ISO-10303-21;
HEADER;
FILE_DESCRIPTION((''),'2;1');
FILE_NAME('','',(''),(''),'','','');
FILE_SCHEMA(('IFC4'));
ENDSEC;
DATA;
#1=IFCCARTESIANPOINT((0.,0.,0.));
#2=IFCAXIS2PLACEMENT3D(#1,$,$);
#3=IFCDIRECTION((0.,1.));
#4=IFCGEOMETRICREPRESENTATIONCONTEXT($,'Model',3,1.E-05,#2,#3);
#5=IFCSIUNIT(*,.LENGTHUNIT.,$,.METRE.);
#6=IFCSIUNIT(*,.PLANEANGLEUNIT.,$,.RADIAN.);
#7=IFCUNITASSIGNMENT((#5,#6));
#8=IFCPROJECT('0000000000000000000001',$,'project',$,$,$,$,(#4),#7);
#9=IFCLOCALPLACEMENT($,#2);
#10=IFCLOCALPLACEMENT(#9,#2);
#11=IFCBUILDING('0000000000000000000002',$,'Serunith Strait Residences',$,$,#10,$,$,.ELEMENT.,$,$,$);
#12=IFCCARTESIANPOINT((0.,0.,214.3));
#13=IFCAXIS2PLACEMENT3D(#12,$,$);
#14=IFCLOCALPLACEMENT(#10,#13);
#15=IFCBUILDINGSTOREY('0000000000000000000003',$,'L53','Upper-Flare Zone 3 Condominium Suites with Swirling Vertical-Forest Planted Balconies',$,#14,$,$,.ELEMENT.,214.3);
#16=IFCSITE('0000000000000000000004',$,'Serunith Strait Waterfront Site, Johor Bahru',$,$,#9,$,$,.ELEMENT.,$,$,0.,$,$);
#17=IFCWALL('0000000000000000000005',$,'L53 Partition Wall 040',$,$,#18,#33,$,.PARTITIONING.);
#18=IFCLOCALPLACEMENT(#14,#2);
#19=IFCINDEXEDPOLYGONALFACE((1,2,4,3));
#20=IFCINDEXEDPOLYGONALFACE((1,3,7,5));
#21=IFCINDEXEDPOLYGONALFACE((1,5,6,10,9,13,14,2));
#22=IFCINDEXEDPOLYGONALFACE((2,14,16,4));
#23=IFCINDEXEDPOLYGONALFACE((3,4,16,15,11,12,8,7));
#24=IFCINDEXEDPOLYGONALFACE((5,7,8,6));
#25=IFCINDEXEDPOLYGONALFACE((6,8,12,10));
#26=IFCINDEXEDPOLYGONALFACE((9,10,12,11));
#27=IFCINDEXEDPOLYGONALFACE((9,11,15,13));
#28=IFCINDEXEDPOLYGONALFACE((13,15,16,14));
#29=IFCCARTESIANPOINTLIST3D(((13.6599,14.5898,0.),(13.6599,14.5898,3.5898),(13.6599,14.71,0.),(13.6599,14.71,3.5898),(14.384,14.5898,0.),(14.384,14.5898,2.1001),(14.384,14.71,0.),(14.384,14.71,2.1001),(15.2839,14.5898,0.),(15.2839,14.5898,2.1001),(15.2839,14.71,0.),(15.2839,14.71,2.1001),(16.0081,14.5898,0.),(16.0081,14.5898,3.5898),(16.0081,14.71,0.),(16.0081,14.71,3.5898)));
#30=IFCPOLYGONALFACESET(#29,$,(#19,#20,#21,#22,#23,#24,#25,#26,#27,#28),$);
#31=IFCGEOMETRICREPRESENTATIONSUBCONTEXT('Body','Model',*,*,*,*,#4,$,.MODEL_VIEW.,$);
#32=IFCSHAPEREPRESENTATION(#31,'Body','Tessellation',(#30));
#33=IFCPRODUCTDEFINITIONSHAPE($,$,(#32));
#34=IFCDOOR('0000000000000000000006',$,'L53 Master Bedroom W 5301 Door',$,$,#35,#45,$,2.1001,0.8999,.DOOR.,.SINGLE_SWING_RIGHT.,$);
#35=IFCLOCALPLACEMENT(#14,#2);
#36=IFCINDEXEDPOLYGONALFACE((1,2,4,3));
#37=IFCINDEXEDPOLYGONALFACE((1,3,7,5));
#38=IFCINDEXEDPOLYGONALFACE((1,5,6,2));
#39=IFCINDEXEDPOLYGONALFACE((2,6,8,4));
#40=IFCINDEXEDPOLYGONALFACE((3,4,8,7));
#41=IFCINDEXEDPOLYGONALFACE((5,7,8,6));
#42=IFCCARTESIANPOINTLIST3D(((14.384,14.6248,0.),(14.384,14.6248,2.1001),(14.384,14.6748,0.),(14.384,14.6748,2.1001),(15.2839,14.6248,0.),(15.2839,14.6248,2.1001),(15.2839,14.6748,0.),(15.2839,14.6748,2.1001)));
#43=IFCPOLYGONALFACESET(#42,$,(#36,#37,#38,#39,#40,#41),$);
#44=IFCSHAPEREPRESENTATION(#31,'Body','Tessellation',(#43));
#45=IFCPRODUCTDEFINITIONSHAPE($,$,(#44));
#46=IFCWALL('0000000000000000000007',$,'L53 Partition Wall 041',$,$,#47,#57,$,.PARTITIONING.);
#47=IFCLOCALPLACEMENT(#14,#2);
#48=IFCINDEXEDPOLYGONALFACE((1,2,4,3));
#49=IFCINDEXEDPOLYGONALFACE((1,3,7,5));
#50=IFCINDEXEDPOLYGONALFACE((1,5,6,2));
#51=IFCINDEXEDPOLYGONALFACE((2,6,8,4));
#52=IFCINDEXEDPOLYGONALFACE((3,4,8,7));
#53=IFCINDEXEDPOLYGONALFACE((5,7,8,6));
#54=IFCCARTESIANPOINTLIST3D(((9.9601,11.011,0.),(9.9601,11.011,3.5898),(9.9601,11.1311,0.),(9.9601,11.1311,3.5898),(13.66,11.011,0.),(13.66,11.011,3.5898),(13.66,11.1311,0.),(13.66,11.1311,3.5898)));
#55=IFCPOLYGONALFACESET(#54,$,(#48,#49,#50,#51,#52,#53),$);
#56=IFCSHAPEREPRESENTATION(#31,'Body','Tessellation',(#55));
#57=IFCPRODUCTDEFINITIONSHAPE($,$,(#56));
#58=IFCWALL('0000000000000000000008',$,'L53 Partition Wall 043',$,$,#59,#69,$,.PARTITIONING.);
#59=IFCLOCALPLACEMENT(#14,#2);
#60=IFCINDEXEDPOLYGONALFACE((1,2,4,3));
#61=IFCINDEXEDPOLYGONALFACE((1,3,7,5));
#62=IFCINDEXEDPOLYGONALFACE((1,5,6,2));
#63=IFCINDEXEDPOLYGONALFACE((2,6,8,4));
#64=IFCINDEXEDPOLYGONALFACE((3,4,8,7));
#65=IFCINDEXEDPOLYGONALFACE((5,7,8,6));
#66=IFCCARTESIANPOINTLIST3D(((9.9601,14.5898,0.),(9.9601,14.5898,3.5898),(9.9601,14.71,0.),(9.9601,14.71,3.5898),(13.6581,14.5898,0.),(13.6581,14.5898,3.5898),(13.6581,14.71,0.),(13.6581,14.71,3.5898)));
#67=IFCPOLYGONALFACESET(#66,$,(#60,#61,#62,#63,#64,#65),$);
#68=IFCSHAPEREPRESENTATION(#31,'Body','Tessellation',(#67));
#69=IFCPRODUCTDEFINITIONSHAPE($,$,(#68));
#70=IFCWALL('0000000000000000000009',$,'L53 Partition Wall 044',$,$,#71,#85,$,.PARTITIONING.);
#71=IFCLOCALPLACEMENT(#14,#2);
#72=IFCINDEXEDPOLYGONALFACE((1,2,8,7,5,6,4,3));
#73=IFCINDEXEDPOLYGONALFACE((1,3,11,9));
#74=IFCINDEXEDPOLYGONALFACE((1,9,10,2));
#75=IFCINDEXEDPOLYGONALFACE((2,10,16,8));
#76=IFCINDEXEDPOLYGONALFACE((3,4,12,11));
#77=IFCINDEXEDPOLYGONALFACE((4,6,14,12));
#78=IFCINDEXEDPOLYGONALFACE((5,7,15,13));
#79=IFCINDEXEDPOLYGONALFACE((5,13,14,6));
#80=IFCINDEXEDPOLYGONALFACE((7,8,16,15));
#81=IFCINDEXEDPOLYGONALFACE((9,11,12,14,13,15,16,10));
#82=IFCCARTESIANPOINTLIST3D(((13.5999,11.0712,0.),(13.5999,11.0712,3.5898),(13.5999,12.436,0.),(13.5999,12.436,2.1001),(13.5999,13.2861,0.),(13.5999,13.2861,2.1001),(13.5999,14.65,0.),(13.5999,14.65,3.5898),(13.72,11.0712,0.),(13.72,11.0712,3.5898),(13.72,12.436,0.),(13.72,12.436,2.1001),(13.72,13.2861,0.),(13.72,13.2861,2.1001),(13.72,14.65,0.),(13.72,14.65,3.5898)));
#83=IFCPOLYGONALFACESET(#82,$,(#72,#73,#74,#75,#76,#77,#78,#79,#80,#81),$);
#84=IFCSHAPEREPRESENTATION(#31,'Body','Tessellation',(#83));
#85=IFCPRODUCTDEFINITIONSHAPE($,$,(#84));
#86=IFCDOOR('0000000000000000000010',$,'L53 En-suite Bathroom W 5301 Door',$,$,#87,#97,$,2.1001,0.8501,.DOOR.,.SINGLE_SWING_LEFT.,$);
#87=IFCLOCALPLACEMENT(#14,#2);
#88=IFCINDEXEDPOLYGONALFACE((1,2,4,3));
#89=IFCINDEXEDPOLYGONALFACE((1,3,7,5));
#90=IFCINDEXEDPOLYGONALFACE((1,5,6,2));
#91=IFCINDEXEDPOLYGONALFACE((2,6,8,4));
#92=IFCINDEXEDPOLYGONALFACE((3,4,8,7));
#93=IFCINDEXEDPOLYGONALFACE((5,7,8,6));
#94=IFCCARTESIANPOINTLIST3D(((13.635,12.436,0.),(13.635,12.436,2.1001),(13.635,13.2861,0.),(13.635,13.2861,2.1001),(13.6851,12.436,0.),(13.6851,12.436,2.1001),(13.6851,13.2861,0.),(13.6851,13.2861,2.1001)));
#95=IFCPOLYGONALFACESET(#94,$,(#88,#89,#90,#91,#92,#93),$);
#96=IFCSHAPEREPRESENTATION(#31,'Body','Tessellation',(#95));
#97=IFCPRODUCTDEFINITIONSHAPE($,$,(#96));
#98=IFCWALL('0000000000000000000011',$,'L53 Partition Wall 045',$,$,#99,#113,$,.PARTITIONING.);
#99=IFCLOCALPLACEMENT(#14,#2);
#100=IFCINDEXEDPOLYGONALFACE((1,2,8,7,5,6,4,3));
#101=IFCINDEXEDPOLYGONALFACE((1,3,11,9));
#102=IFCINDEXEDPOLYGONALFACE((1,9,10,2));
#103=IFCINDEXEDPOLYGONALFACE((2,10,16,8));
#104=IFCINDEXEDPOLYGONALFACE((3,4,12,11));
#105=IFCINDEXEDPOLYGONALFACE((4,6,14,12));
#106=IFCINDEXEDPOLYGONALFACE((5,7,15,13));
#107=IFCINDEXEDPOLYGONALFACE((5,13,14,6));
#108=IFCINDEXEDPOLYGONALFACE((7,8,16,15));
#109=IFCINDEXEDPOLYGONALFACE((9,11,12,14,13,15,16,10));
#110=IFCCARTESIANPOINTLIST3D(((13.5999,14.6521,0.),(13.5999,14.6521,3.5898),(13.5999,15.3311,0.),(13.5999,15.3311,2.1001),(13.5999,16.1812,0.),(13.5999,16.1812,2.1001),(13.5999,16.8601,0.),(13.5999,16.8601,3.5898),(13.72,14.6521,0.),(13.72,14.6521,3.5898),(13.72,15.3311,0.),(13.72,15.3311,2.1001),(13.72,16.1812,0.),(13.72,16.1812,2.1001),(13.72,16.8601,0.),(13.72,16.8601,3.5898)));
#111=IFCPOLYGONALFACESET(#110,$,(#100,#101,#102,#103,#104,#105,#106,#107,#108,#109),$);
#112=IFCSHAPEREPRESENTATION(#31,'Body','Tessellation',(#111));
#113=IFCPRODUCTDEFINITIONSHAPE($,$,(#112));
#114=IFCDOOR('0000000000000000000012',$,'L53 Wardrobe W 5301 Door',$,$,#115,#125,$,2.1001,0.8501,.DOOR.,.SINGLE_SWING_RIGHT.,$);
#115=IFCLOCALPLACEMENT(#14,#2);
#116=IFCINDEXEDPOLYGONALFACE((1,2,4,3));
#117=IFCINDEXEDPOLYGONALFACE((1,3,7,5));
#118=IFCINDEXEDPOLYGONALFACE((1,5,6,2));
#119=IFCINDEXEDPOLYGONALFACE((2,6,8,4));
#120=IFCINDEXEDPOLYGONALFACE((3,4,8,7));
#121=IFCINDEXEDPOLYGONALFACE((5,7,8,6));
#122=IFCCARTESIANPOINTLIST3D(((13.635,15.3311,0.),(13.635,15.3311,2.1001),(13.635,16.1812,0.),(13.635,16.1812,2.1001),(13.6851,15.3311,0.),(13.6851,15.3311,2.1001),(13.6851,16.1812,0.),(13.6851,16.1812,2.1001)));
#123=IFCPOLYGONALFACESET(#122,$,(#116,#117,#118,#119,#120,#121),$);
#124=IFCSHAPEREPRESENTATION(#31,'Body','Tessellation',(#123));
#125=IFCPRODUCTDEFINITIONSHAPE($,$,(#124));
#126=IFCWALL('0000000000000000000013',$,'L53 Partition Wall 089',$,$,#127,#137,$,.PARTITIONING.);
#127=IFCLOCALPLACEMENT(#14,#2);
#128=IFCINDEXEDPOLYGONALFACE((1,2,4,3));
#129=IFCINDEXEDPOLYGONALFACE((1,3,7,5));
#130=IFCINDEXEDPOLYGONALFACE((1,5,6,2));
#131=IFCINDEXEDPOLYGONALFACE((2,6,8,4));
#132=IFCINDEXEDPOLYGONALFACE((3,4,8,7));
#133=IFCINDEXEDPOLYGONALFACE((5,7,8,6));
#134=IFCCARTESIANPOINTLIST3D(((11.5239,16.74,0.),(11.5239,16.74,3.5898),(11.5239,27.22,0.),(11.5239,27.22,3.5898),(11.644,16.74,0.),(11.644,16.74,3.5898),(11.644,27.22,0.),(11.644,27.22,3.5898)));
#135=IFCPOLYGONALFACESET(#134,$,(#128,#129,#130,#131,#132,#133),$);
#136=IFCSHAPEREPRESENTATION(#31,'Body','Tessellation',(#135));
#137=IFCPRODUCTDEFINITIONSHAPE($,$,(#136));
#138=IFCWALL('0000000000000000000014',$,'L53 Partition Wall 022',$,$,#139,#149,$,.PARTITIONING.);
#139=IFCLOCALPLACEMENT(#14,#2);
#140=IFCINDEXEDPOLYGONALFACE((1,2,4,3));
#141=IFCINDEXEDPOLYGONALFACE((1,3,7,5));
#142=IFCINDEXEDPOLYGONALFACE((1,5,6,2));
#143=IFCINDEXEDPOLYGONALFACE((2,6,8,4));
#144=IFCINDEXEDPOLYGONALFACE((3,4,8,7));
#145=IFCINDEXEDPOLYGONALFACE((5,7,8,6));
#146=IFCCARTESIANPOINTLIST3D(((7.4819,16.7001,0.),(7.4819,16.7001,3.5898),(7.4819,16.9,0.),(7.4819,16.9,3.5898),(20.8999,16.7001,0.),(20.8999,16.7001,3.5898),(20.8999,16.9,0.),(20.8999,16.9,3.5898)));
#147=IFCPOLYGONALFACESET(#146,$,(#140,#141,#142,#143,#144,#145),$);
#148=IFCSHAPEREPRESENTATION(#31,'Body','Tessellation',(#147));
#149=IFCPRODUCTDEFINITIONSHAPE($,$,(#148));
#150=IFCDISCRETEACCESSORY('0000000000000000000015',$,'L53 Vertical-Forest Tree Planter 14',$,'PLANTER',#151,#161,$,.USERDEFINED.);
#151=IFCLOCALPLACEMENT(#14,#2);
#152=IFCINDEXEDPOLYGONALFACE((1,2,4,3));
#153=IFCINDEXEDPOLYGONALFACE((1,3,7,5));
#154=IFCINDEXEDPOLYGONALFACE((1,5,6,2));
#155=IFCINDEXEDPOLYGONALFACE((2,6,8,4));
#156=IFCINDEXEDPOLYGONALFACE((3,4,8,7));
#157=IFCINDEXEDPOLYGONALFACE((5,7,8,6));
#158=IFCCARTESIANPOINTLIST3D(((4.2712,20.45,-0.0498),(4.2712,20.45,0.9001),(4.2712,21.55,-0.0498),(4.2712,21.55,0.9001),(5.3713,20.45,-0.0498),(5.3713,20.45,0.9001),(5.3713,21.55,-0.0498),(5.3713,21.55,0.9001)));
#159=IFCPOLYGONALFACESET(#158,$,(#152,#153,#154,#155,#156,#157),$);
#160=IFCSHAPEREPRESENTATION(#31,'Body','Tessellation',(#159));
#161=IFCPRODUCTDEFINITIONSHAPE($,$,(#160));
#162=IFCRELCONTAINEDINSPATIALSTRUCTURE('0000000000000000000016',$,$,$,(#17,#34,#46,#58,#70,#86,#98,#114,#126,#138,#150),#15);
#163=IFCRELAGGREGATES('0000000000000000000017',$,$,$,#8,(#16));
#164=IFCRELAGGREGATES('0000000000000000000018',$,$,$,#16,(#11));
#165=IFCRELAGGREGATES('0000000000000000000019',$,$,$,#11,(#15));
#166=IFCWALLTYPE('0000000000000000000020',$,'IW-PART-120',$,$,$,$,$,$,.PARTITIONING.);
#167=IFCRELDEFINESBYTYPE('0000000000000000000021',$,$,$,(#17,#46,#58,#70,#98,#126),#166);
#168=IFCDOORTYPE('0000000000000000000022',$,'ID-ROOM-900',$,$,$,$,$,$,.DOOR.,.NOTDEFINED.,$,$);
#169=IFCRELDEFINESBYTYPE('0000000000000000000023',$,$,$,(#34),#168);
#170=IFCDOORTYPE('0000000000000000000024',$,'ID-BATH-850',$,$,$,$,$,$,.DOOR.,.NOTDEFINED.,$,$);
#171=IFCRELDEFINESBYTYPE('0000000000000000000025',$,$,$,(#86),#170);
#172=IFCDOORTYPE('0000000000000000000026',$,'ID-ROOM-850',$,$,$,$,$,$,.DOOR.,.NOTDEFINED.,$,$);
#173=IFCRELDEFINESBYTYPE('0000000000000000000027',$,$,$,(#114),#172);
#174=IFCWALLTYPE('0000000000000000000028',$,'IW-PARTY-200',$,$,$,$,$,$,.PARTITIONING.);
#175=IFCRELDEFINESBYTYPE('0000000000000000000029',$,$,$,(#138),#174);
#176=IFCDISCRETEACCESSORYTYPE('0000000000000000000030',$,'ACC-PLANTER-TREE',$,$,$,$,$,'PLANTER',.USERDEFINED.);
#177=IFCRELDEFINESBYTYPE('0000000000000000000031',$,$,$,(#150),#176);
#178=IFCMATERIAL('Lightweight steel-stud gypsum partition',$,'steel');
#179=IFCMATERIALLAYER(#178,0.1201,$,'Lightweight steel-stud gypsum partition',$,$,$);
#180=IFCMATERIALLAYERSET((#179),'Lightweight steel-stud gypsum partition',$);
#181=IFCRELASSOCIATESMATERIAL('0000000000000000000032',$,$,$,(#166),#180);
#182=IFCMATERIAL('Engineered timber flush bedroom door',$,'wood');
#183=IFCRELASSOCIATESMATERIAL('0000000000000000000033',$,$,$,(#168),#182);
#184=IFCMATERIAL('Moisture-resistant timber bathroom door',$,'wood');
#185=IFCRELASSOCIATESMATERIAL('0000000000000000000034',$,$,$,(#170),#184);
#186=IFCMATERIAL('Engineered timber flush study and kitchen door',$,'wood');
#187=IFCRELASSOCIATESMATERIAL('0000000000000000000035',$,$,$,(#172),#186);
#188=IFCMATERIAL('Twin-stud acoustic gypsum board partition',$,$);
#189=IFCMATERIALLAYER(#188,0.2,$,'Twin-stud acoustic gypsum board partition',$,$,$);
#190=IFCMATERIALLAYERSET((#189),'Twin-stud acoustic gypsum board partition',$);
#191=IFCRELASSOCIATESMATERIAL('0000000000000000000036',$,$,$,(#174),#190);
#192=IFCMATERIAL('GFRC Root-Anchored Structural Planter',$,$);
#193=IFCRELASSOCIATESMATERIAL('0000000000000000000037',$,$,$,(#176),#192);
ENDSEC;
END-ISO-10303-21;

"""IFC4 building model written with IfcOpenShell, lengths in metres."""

from ifc_helpers import new_model, si_unit, direction, frame, frame_2d, origin, origin_2d, place, context, subcontext, project, spatial, rectangle, extrude, source, transform, mapped, material, layer, layer_set, type_object, element, fill, save


model = new_model("IFC4")

# Units and contexts
model_context = context("Model", 3, precision=1e-05, world=origin(), true_north=direction((0.0, 1.0)))
body_context = subcontext(model_context, "Body", "Model", "MODEL_VIEW")
ifc_project = project(units=[si_unit("LENGTHUNIT", "METRE"), si_unit("PLANEANGLEUNIT", "RADIAN")], contexts=[model_context])

# Site, building, storey
site_placement = place(None, origin())
site = spatial("IfcSite", under=ifc_project, at=site_placement, Name="Serunith Strait Waterfront Site, Johor Bahru", CompositionType="ELEMENT", RefElevation=0.0)
building_placement = place(site_placement, origin())
building = spatial("IfcBuilding", under=site, at=building_placement, Name="Serunith Strait Residences", CompositionType="ELEMENT")
storey_placement = place(building_placement, frame((0.0, 0.0, 214.3)))
storey = spatial("IfcBuildingStorey", under=building, at=storey_placement, Name="L53", Description="Upper-Flare Zone 3 Condominium Suites with Swirling Vertical-Forest Planted Balconies", CompositionType="ELEMENT", Elevation=214.3)

# Wall, opening, door
ifc_material_1 = material(Name="Lightweight steel-stud gypsum partition", Category="steel")
ifc_layer_1 = layer(ifc_material_1, 0.1201, Name="Lightweight steel-stud gypsum partition")
ifc_layer_set_1 = layer_set([ifc_layer_1], Name="Lightweight steel-stud gypsum partition")
wall_type_1 = type_object("IfcWallType", Name="IW-PART-120", PredefinedType="PARTITIONING", material=ifc_layer_set_1)
wall_1_placement = place(storey_placement, frame((13.6599, 14.6499, 0.0), z_axis=(0.0, 0.0, 1.0), x_axis=(1.0, 0.0, 0.0)))
wall_1 = element("IfcWall", 1, at=wall_1_placement, inside=storey, type_object=wall_type_1, Name="L53 Partition Wall 040", PredefinedType="PARTITIONING", context=body_context, shape_type="SweptSolid", body=[
    extrude(rectangle(XDim=2.3481, YDim=0.1201, at=frame_2d((1.1741, 0.0))), origin(), (0.0, 0.0, 1.0), 3.5898),
])
opening_1_placement = place(wall_1_placement, frame((0.7241, 0.0, 0.0)))
opening_1 = element("IfcOpeningElement", 2, at=opening_1_placement, cuts=wall_1, PredefinedType="OPENING", context=body_context, shape_type="SweptSolid", body=[
    extrude(rectangle(XDim=0.8999, YDim=2.1001, at=frame_2d((0.45, 1.05))), frame((0.0, 0.0701, 0.0), z_axis=(0.0, -1.0, 0.0), x_axis=(1.0, 0.0, 0.0)), (0.0, 0.0, 1.0), 0.1401),
])
ifc_material_2 = material(Name="Engineered timber flush bedroom door", Category="wood")
door_type_1 = type_object("IfcDoorType", Name="ID-ROOM-900", OperationType="NOTDEFINED", PredefinedType="DOOR", material=ifc_material_2)
shared_shape_1 = source(origin(), body_context, "Body", "SweptSolid", [
    extrude(rectangle(XDim=0.8999, YDim=2.1001, at=frame_2d((0.45, 1.05))), frame((0.0, 0.0249, 0.0), z_axis=(0.0, -1.0, 0.0), x_axis=(1.0, 0.0, 0.0)), (0.0, 0.0, 1.0), 0.05),
])
door_1_placement = place(opening_1_placement, origin())
door_1 = element("IfcDoor", 3, at=door_1_placement, inside=storey, type_object=door_type_1, Name="L53 Master Bedroom W 5301 Door", OperationType="SINGLE_SWING_RIGHT", OverallHeight=2.1001, OverallWidth=0.8999, PredefinedType="DOOR", context=body_context, shape_type="MappedRepresentation", body=[
    mapped(shared_shape_1, transform((0.0, 0.0, 0.0), scale=1.0)),
])
fill(opening_1, door_1)

# Walls
wall_2_placement = place(storey_placement, frame((9.96, 11.071, 0.0), z_axis=(0.0, 0.0, 1.0), x_axis=(1.0, 0.0, 0.0)))
element("IfcWall", 4, at=wall_2_placement, inside=storey, type_object=wall_type_1, Name="L53 Partition Wall 041", PredefinedType="PARTITIONING", context=body_context, shape_type="SweptSolid", body=[
    extrude(rectangle(XDim=3.7, YDim=0.1201, at=frame_2d((1.8501, 0.0))), origin(), (0.0, 0.0, 1.0), 3.5898),
])
wall_3_placement = place(storey_placement, frame((9.96, 14.6499, 0.0), z_axis=(0.0, 0.0, 1.0), x_axis=(1.0, 0.0, 0.0)))
element("IfcWall", 5, at=wall_3_placement, inside=storey, type_object=wall_type_1, Name="L53 Partition Wall 043", PredefinedType="PARTITIONING", context=body_context, shape_type="SweptSolid", body=[
    extrude(rectangle(XDim=3.698, YDim=0.1201, at=frame_2d((1.8491, 0.0))), origin(), (0.0, 0.0, 1.0), 3.5898),
])

# Walls, openings, doors
wall_4_placement = place(storey_placement, frame((13.6599, 11.071, 0.0), z_axis=(0.0, 0.0, 1.0), x_axis=(0.0, 1.0, 0.0)))
wall_4 = element("IfcWall", 6, at=wall_4_placement, inside=storey, type_object=wall_type_1, Name="L53 Partition Wall 044", PredefinedType="PARTITIONING", context=body_context, shape_type="SweptSolid", body=[
    extrude(rectangle(XDim=3.5789, YDim=0.1201, at=frame_2d((1.7896, 0.0))), origin(), (0.0, 0.0, 1.0), 3.5898),
])
opening_2_placement = place(wall_4_placement, frame((1.365, 0.0, 0.0)))
opening_2 = element("IfcOpeningElement", 7, at=opening_2_placement, cuts=wall_4, PredefinedType="OPENING", context=body_context, shape_type="SweptSolid", body=[
    extrude(rectangle(XDim=0.8501, YDim=2.1001, at=frame_2d((0.425, 1.05))), frame((0.0, 0.0701, 0.0), z_axis=(0.0, -1.0, 0.0), x_axis=(1.0, 0.0, 0.0)), (0.0, 0.0, 1.0), 0.1401),
])
ifc_material_3 = material(Name="Moisture-resistant timber bathroom door", Category="wood")
door_type_2 = type_object("IfcDoorType", Name="ID-BATH-850", OperationType="NOTDEFINED", PredefinedType="DOOR", material=ifc_material_3)
shared_shape_2 = source(origin(), body_context, "Body", "SweptSolid", [
    extrude(rectangle(XDim=0.8501, YDim=2.1001, at=frame_2d((0.425, 1.05))), frame((0.0, 0.0249, 0.0), z_axis=(0.0, -1.0, 0.0), x_axis=(1.0, 0.0, 0.0)), (0.0, 0.0, 1.0), 0.05),
])
door_2_placement = place(opening_2_placement, origin())
door_2 = element("IfcDoor", 8, at=door_2_placement, inside=storey, type_object=door_type_2, Name="L53 En-suite Bathroom W 5301 Door", OperationType="SINGLE_SWING_LEFT", OverallHeight=2.1001, OverallWidth=0.8501, PredefinedType="DOOR", context=body_context, shape_type="MappedRepresentation", body=[
    mapped(shared_shape_2, transform((0.0, 0.0, 0.0), scale=1.0)),
])
fill(opening_2, door_2)
wall_5_placement = place(storey_placement, frame((13.6599, 14.6521, 0.0), z_axis=(0.0, 0.0, 1.0), x_axis=(0.0, 1.0, 0.0)))
wall_5 = element("IfcWall", 9, at=wall_5_placement, inside=storey, type_object=wall_type_1, Name="L53 Partition Wall 045", PredefinedType="PARTITIONING", context=body_context, shape_type="SweptSolid", body=[
    extrude(rectangle(XDim=2.208, YDim=0.1201, at=frame_2d((1.104, 0.0))), origin(), (0.0, 0.0, 1.0), 3.5898),
])
opening_3_placement = place(wall_5_placement, frame((0.679, 0.0, 0.0)))
opening_3 = element("IfcOpeningElement", 10, at=opening_3_placement, cuts=wall_5, PredefinedType="OPENING", context=body_context, shape_type="SweptSolid", body=[
    extrude(rectangle(XDim=0.8501, YDim=2.1001, at=frame_2d((0.425, 1.05))), frame((0.0, 0.0701, 0.0), z_axis=(0.0, -1.0, 0.0), x_axis=(1.0, 0.0, 0.0)), (0.0, 0.0, 1.0), 0.1401),
])
ifc_material_4 = material(Name="Engineered timber flush study and kitchen door", Category="wood")
door_type_3 = type_object("IfcDoorType", Name="ID-ROOM-850", OperationType="NOTDEFINED", PredefinedType="DOOR", material=ifc_material_4)
door_3_placement = place(opening_3_placement, origin())
door_3 = element("IfcDoor", 11, at=door_3_placement, inside=storey, type_object=door_type_3, Name="L53 Wardrobe W 5301 Door", OperationType="SINGLE_SWING_RIGHT", OverallHeight=2.1001, OverallWidth=0.8501, PredefinedType="DOOR", context=body_context, shape_type="MappedRepresentation", body=[
    mapped(shared_shape_2, transform((0.0, 0.0, 0.0), scale=1.0)),
])
fill(opening_3, door_3)

# Walls
wall_6_placement = place(storey_placement, frame((11.584, 16.74, 0.0), z_axis=(0.0, 0.0, 1.0), x_axis=(0.0, 1.0, 0.0)))
element("IfcWall", 12, at=wall_6_placement, inside=storey, type_object=wall_type_1, Name="L53 Partition Wall 089", PredefinedType="PARTITIONING", context=body_context, shape_type="SweptSolid", body=[
    extrude(rectangle(XDim=10.48, YDim=0.1201, at=frame_2d((5.24, 0.0))), origin(), (0.0, 0.0, 1.0), 3.5898),
])
ifc_material_5 = material(Name="Twin-stud acoustic gypsum board partition")
ifc_layer_2 = layer(ifc_material_5, 0.2, Name="Twin-stud acoustic gypsum board partition")
ifc_layer_set_2 = layer_set([ifc_layer_2], Name="Twin-stud acoustic gypsum board partition")
wall_type_2 = type_object("IfcWallType", Name="IW-PARTY-200", PredefinedType="PARTITIONING", material=ifc_layer_set_2)
wall_7_placement = place(storey_placement, frame((7.4819, 16.8, 0.0), z_axis=(0.0, 0.0, 1.0), x_axis=(1.0, 0.0, 0.0)))
element("IfcWall", 13, at=wall_7_placement, inside=storey, type_object=wall_type_2, Name="L53 Partition Wall 022", PredefinedType="PARTITIONING", context=body_context, shape_type="SweptSolid", body=[
    extrude(rectangle(XDim=13.418, YDim=0.2, at=frame_2d((6.709, 0.0))), origin(), (0.0, 0.0, 1.0), 3.5898),
])

# Discrete accessory
ifc_material_6 = material(Name="GFRC Root-Anchored Structural Planter")
discrete_accessory_type = type_object("IfcDiscreteAccessoryType", Name="ACC-PLANTER-TREE", ElementType="PLANTER", PredefinedType="USERDEFINED", material=ifc_material_6)
shared_shape_3 = source(origin(), body_context, "Body", "SweptSolid", [
    extrude(rectangle(XDim=1.1001, YDim=1.1001, at=origin_2d()), origin(), (0.0, 0.0, 1.0), 0.95),
])
discrete_accessory_placement = place(storey_placement, frame((4.8213, 21.0, -0.0498), z_axis=(0.0, 0.0, 1.0), x_axis=(0.0, -1.0, 0.0)))
element("IfcDiscreteAccessory", 14, at=discrete_accessory_placement, inside=storey, type_object=discrete_accessory_type, Name="L53 Vertical-Forest Tree Planter 14", ObjectType="PLANTER", PredefinedType="USERDEFINED", context=body_context, shape_type="MappedRepresentation", body=[
    mapped(shared_shape_3, transform((0.0, 0.0, 0.0), scale=1.0)),
])

save(model, "model.ifc")
